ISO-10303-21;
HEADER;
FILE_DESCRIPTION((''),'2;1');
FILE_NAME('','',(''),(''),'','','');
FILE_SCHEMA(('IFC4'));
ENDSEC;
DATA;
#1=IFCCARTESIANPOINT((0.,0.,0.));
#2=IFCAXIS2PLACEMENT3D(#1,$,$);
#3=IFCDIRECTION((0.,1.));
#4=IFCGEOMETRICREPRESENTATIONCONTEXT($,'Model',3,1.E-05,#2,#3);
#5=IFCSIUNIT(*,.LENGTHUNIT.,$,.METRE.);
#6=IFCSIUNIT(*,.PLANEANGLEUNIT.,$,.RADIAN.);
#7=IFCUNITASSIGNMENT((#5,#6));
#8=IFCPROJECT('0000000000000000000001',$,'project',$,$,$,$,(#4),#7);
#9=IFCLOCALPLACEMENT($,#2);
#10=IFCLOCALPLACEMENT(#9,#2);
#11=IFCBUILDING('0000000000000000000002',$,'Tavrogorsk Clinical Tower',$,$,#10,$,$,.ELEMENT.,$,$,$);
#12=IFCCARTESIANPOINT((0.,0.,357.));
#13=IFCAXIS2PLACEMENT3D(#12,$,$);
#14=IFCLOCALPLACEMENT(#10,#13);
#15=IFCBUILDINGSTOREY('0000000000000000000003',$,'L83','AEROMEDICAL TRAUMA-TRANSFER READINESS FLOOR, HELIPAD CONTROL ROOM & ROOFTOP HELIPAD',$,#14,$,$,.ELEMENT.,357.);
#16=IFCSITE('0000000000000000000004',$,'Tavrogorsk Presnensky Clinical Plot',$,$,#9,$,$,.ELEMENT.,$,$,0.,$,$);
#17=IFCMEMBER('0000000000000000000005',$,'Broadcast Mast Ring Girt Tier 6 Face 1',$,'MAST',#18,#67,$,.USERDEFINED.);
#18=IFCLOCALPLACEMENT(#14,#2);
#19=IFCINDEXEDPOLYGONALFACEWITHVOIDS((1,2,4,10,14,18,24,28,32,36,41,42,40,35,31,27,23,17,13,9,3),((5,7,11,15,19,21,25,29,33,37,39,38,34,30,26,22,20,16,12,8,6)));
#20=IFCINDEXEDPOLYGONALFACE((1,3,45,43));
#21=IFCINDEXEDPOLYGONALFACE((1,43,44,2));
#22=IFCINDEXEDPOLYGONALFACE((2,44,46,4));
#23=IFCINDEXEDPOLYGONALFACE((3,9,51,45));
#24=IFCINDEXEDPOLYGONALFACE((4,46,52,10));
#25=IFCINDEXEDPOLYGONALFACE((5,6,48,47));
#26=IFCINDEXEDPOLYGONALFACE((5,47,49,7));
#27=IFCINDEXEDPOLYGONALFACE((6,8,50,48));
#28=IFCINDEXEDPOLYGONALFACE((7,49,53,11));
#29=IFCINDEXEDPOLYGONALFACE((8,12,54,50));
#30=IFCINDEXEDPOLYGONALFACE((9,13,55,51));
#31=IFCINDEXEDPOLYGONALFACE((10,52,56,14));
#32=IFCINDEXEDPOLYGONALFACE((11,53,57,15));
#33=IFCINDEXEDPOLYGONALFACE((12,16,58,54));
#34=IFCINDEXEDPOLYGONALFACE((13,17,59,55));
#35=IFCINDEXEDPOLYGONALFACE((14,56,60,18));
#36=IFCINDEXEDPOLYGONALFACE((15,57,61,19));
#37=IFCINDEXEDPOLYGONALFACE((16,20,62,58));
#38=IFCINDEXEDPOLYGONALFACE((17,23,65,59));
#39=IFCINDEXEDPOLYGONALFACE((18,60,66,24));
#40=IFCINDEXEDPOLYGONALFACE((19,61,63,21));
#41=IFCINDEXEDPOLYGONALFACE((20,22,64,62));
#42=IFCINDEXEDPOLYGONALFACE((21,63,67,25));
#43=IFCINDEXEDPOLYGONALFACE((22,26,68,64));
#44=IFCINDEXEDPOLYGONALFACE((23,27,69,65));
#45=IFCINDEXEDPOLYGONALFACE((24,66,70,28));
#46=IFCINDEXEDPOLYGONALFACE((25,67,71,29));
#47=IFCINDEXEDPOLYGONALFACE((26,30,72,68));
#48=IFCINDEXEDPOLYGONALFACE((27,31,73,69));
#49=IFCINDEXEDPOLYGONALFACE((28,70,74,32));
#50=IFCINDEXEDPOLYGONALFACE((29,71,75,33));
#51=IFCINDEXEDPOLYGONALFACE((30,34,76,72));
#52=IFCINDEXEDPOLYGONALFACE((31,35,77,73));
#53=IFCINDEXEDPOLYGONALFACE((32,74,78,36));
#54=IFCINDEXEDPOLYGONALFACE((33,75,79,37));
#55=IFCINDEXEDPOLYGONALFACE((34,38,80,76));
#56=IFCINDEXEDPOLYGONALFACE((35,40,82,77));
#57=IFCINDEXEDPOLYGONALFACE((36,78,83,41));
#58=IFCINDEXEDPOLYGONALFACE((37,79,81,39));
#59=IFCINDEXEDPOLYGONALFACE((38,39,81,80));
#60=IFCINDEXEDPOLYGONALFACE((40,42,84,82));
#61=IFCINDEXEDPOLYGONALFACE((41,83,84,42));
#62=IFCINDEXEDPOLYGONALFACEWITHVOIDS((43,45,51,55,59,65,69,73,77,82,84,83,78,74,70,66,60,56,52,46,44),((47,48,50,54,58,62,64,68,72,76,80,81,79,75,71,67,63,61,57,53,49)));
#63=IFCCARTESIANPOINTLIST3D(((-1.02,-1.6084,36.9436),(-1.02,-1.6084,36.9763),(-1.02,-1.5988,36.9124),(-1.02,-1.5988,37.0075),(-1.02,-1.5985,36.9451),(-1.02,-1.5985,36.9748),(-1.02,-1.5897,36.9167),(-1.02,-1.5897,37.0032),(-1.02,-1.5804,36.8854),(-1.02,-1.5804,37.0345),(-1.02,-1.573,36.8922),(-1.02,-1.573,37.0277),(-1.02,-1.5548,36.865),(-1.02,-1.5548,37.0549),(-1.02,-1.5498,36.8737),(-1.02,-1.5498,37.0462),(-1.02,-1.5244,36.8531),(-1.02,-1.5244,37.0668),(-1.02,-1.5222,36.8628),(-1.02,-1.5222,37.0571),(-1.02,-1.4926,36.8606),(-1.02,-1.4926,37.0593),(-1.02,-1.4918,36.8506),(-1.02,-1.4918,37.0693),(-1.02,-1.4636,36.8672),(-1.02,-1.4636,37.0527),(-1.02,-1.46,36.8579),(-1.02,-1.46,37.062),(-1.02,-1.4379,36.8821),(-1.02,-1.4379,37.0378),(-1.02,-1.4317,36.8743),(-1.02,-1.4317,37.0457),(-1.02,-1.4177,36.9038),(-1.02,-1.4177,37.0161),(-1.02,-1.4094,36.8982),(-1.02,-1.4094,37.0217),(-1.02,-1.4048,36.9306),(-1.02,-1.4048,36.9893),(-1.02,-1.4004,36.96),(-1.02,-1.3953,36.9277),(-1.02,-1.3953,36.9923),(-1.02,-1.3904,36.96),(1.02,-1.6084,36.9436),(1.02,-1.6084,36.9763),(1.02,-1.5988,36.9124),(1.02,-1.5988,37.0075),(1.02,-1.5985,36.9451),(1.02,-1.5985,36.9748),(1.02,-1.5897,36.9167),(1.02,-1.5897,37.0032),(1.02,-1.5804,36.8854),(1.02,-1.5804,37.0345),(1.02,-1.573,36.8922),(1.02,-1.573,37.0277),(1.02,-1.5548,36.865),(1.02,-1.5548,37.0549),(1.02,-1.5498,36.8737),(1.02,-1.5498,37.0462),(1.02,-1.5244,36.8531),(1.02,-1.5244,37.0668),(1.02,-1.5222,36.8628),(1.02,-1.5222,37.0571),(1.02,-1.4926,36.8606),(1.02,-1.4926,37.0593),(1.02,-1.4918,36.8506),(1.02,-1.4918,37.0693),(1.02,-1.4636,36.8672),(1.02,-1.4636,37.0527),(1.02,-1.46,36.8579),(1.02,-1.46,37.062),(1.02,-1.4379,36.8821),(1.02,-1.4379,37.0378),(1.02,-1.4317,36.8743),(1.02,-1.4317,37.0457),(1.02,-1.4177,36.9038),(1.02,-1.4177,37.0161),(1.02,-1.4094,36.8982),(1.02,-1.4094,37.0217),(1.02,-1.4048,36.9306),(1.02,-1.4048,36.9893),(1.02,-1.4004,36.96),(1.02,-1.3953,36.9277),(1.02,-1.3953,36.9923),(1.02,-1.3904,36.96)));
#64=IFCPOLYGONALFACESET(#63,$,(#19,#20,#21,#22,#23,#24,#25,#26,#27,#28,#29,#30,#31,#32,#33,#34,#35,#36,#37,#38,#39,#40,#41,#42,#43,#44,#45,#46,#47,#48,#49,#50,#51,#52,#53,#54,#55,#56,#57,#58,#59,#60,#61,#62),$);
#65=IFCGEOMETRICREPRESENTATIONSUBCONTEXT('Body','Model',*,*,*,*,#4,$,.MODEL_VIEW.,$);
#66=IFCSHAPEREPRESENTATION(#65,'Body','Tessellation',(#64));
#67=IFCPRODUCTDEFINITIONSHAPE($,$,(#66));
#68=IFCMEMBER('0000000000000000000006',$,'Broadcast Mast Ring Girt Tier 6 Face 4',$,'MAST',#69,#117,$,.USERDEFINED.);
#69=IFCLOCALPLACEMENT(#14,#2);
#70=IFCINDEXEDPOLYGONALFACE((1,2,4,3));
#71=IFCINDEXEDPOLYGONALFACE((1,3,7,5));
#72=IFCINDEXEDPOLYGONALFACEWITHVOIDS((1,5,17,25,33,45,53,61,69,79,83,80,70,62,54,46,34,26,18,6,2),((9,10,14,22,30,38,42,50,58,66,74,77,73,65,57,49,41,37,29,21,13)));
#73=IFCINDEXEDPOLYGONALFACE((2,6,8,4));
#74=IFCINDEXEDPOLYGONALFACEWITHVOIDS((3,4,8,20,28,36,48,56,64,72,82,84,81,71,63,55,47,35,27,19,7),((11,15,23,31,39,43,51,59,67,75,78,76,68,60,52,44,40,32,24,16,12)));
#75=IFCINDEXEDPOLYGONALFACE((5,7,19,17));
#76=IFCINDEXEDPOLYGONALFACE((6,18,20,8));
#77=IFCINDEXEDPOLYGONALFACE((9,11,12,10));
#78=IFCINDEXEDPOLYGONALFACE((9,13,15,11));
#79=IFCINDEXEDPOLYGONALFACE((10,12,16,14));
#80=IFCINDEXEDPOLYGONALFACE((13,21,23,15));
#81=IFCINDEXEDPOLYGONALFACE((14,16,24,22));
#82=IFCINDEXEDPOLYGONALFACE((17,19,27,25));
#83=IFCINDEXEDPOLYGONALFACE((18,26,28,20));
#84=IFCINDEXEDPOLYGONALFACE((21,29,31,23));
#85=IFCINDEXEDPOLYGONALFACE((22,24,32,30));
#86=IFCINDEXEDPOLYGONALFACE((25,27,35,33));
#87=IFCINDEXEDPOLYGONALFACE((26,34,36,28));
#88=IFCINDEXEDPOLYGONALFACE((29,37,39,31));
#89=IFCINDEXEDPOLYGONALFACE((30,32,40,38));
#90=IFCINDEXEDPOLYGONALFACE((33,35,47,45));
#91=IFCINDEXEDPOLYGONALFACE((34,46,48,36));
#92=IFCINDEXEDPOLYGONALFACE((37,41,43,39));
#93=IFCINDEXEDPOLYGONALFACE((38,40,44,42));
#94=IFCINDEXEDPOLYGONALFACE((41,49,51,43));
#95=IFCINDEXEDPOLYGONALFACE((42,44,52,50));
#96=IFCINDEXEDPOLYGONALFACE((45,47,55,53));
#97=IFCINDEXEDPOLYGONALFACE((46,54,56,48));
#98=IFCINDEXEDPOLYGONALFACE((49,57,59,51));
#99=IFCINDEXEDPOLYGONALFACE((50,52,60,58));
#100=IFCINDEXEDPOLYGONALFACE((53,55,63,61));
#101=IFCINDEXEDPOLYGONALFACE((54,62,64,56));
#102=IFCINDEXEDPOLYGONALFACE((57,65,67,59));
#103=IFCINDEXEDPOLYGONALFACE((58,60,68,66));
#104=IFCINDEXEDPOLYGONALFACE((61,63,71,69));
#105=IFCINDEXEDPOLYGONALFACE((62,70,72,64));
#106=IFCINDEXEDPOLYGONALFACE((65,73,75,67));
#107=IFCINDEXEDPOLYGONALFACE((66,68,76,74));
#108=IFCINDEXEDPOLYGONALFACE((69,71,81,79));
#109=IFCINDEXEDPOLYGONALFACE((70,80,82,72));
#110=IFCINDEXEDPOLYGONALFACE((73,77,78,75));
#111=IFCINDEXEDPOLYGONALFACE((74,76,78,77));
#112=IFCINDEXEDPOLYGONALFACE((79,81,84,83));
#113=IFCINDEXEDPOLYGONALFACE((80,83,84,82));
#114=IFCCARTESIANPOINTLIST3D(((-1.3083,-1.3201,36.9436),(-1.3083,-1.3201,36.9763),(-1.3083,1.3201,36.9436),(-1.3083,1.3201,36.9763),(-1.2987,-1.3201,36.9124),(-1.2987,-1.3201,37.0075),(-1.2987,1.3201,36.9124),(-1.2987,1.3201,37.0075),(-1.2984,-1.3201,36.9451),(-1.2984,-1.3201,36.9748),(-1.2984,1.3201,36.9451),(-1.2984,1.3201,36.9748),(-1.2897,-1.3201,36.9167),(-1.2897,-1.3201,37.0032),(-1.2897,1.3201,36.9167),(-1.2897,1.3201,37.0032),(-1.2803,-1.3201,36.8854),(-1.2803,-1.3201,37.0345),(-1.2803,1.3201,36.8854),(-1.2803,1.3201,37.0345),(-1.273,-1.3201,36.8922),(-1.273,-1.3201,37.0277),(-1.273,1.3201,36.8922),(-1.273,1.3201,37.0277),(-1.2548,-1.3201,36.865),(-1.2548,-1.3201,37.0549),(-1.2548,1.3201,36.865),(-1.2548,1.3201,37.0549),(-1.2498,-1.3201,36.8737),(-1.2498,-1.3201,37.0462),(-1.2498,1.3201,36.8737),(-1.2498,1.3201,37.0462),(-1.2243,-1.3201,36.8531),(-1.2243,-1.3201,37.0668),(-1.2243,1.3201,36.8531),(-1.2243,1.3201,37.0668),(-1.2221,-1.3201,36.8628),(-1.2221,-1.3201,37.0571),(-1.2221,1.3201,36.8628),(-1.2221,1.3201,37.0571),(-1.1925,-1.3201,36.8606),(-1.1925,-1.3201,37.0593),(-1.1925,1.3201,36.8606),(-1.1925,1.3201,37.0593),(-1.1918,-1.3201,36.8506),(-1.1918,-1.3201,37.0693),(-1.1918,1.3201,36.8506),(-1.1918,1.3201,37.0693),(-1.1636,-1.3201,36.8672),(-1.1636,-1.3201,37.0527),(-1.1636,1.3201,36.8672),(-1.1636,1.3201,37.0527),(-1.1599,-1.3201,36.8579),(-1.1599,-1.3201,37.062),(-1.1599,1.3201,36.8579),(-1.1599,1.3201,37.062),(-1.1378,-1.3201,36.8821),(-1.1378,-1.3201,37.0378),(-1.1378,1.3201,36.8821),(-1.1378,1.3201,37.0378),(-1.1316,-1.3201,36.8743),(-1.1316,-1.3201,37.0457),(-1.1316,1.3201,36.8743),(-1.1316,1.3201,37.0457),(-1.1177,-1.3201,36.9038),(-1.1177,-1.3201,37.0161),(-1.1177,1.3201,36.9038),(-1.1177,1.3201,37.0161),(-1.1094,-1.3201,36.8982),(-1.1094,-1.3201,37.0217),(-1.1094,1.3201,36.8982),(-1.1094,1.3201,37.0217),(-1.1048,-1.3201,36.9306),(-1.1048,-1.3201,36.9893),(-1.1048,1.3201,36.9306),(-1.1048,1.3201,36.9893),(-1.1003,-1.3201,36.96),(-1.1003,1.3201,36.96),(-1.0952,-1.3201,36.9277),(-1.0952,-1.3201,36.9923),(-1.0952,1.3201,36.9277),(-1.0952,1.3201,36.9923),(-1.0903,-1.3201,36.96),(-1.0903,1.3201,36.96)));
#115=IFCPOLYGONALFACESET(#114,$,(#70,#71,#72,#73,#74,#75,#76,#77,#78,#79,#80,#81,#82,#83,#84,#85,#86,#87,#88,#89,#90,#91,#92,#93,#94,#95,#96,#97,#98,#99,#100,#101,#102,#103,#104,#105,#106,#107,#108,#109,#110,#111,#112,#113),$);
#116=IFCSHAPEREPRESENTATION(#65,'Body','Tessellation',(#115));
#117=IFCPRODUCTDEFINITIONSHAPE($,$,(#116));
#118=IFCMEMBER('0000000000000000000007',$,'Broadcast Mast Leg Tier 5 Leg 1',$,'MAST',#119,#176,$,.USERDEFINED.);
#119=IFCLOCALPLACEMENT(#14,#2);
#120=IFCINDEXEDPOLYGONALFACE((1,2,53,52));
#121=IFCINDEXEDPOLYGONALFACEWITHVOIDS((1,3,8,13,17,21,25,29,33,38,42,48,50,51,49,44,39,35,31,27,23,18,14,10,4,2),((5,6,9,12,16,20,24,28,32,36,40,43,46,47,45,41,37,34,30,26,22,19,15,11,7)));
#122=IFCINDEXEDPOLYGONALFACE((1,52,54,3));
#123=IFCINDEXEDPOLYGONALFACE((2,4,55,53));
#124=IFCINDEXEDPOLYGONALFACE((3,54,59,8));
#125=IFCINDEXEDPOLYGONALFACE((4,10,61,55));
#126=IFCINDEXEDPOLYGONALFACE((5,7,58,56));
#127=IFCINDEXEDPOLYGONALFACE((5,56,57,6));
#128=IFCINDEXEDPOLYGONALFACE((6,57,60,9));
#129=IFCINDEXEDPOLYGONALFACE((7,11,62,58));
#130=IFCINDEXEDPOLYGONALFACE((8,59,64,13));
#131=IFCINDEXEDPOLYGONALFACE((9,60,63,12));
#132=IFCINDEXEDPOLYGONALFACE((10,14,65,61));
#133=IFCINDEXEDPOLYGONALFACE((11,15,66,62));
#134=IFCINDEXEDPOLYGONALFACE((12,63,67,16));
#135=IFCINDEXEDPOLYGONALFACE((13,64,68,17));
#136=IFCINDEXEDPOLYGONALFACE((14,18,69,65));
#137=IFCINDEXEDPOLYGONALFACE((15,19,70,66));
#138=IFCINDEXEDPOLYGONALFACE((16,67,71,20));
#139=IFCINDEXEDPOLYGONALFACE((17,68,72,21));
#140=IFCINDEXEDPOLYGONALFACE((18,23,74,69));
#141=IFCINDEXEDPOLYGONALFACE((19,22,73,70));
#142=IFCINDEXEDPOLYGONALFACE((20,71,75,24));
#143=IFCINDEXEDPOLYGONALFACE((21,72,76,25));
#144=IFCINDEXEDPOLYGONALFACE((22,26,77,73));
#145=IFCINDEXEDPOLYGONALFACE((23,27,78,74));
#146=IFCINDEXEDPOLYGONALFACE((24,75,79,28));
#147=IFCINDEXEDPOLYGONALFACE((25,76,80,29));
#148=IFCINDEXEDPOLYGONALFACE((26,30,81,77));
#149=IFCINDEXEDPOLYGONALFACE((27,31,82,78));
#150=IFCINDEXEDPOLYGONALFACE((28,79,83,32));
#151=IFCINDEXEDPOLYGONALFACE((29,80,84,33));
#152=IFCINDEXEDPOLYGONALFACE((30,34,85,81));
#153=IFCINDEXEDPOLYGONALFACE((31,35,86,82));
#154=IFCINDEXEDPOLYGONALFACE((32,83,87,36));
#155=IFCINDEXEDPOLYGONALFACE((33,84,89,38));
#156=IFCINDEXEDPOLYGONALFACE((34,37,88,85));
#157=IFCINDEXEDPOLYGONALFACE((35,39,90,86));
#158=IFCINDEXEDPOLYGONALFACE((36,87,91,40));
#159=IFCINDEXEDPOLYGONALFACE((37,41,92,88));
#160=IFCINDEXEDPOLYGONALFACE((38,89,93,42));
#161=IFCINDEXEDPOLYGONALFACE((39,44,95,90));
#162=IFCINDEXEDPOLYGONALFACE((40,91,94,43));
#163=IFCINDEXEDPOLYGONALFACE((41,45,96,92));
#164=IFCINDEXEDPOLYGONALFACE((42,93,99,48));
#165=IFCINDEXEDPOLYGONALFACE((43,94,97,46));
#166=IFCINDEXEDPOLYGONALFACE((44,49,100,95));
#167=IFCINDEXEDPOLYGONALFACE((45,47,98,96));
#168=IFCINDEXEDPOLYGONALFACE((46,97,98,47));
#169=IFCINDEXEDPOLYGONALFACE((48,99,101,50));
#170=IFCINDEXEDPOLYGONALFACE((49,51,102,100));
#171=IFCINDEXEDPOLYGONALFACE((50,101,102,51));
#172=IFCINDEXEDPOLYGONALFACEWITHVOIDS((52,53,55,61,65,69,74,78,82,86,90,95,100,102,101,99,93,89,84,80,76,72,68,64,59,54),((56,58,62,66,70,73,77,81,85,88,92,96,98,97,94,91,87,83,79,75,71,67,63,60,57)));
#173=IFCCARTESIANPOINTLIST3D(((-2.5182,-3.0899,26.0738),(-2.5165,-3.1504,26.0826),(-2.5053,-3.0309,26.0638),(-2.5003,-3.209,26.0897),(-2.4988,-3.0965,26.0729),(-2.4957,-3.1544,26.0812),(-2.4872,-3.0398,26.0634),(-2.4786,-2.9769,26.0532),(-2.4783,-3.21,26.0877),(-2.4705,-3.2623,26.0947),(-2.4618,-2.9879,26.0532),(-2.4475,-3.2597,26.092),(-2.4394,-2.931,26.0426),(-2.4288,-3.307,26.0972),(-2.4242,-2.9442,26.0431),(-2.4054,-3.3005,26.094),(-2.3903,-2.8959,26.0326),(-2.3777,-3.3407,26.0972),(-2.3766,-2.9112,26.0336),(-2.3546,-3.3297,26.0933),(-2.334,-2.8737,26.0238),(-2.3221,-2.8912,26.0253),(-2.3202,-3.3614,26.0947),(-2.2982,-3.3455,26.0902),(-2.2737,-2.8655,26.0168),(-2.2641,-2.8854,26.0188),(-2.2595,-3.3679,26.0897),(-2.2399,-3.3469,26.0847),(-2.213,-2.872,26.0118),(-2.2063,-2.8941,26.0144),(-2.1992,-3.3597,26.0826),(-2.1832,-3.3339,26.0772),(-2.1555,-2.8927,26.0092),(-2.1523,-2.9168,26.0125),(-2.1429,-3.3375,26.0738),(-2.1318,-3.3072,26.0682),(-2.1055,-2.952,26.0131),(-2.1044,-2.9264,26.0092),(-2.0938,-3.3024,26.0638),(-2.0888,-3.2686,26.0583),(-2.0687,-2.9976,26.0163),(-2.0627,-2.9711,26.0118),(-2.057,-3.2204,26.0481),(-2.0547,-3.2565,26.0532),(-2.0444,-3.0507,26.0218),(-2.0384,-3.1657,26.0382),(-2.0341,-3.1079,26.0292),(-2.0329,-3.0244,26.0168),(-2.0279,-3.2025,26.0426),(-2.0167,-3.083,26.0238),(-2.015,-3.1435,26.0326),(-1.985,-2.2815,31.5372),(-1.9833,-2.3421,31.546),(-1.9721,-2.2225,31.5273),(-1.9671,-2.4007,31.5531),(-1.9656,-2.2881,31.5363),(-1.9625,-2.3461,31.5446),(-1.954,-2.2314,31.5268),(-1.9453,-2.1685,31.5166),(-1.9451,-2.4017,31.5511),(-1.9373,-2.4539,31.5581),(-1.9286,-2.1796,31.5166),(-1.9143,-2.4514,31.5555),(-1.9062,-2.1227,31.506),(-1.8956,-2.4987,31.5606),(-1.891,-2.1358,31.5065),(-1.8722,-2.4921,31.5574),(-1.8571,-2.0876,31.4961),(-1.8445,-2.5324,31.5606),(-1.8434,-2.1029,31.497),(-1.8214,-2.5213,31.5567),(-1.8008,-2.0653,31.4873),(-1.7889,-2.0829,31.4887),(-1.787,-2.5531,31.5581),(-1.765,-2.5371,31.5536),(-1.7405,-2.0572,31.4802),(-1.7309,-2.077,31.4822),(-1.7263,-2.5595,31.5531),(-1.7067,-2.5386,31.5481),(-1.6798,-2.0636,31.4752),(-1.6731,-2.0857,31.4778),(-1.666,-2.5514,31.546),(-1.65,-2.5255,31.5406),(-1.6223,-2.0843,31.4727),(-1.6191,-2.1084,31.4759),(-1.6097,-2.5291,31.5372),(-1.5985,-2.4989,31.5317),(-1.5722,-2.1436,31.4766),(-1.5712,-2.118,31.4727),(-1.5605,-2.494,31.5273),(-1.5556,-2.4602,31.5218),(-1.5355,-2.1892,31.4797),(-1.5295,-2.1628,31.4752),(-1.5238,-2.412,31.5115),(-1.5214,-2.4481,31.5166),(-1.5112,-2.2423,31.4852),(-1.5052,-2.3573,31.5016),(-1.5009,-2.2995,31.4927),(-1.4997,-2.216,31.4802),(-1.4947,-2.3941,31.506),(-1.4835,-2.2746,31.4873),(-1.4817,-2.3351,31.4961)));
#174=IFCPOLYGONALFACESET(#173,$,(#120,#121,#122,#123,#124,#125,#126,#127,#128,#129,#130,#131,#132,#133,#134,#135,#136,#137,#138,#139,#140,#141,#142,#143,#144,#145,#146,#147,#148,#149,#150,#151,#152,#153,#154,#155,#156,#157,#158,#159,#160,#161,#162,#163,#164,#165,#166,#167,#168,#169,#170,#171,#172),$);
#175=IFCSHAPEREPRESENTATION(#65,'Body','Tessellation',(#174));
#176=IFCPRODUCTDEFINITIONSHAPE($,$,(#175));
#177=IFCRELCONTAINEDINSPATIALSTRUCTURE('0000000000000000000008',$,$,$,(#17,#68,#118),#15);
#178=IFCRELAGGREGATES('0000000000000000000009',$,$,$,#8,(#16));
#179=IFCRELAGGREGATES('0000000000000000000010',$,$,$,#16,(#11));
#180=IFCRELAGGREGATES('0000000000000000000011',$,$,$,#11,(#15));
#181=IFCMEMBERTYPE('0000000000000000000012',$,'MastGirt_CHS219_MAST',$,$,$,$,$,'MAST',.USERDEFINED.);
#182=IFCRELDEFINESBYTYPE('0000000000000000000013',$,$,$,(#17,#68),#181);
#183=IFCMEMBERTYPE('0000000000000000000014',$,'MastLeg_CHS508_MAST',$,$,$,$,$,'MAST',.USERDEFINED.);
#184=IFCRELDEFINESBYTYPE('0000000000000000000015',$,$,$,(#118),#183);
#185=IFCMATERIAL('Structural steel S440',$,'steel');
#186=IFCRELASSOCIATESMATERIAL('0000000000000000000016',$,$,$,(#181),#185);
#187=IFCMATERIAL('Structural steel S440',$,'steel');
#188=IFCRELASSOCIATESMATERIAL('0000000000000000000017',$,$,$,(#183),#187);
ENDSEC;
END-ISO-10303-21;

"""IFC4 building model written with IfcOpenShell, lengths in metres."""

from ifc_helpers import new_model, si_unit, direction, frame, origin, origin_2d, place, context, subcontext, project, spatial, hollow_circle, extrude, material, material_profile, profile_set, type_object, element, save


model = new_model("IFC4")

# Units and contexts
model_context = context("Model", 3, precision=1e-05, world=origin(), true_north=direction((0.0, 1.0)))
body_context = subcontext(model_context, "Body", "Model", "MODEL_VIEW")
ifc_project = project(units=[si_unit("LENGTHUNIT", "METRE"), si_unit("PLANEANGLEUNIT", "RADIAN")], contexts=[model_context])

# Site, building, storey
site_placement = place(None, origin())
site = spatial("IfcSite", under=ifc_project, at=site_placement, Name="Tavrogorsk Presnensky Clinical Plot", CompositionType="ELEMENT", RefElevation=0.0)
building_placement = place(site_placement, origin())
building = spatial("IfcBuilding", under=site, at=building_placement, Name="Tavrogorsk Clinical Tower", CompositionType="ELEMENT")
storey_placement = place(building_placement, frame((0.0, 0.0, 357.0)))
storey = spatial("IfcBuildingStorey", under=building, at=storey_placement, Name="L83", Description="AEROMEDICAL TRAUMA-TRANSFER READINESS FLOOR, HELIPAD CONTROL ROOM & ROOFTOP HELIPAD", CompositionType="ELEMENT", Elevation=357.0)

# Members
ifc_material_1 = material(Name="Structural steel S440", Category="steel")
ifc_material_profile_1 = material_profile(ifc_material_1, hollow_circle(Radius=0.1096, WallThickness=0.01, at=origin_2d()), Name="CHS-219.1x10")
ifc_profile_set_1 = profile_set([ifc_material_profile_1], Name="Structural steel S440")
member_type_1 = type_object("IfcMemberType", Name="MastGirt_CHS219_MAST", ElementType="MAST", PredefinedType="USERDEFINED", material=ifc_profile_set_1)
member_1_placement = place(storey_placement, frame((-1.02, -1.5, 36.96), z_axis=(1.0, 0.0, 0.0), x_axis=(0.0, 1.0, 0.0)))
element("IfcMember", 1, at=member_1_placement, inside=storey, type_object=member_type_1, Name="Broadcast Mast Ring Girt Tier 6 Face 1", ObjectType="MAST", PredefinedType="USERDEFINED", context=body_context, shape_type="SweptSolid", body=[
    extrude(hollow_circle(Radius=0.1096, WallThickness=0.01, at=origin_2d()), origin(), (0.0, 0.0, 1.0), 2.04),
])
member_2_placement = place(storey_placement, frame((-1.2, 1.3201, 36.96), z_axis=(0.0, -1.0, 0.0), x_axis=(1.0, 0.0, 0.0)))
element("IfcMember", 2, at=member_2_placement, inside=storey, type_object=member_type_1, Name="Broadcast Mast Ring Girt Tier 6 Face 4", ObjectType="MAST", PredefinedType="USERDEFINED", context=body_context, shape_type="SweptSolid", body=[
    extrude(hollow_circle(Radius=0.1096, WallThickness=0.01, at=origin_2d()), origin(), (0.0, 0.0, 1.0), 2.6401),
])
ifc_material_2 = material(Name="Structural steel S440", Category="steel")
ifc_material_profile_2 = material_profile(ifc_material_2, hollow_circle(Radius=0.2539, WallThickness=0.02, at=origin_2d()), Name="CHS-508x20")
ifc_profile_set_2 = profile_set([ifc_material_profile_2], Name="Structural steel S440")
member_type_2 = type_object("IfcMemberType", Name="MastLeg_CHS508_MAST", ElementType="MAST", PredefinedType="USERDEFINED", material=ifc_profile_set_2)
for number, where, z_axis, x_axis, name in (
    (3, (-2.2666, -3.1167, 26.0532), (0.096098, 0.145687, 0.984652), (-0.834755, 0.550621, 0.0), "Broadcast Mast Leg Tier 5 Leg 1"),
):
    element("IfcMember", number, at=place(storey_placement, frame(where, z_axis=z_axis, x_axis=x_axis)), inside=storey, type_object=member_type_2, Name=name, ObjectType="MAST", PredefinedType="USERDEFINED", context=body_context, shape_type="SweptSolid", body=[
        extrude(hollow_circle(Radius=0.2539, WallThickness=0.02, at=origin_2d()), origin(), (0.0, 0.0, 1.0), 5.5486),
    ])

save(model, "model.ifc")
